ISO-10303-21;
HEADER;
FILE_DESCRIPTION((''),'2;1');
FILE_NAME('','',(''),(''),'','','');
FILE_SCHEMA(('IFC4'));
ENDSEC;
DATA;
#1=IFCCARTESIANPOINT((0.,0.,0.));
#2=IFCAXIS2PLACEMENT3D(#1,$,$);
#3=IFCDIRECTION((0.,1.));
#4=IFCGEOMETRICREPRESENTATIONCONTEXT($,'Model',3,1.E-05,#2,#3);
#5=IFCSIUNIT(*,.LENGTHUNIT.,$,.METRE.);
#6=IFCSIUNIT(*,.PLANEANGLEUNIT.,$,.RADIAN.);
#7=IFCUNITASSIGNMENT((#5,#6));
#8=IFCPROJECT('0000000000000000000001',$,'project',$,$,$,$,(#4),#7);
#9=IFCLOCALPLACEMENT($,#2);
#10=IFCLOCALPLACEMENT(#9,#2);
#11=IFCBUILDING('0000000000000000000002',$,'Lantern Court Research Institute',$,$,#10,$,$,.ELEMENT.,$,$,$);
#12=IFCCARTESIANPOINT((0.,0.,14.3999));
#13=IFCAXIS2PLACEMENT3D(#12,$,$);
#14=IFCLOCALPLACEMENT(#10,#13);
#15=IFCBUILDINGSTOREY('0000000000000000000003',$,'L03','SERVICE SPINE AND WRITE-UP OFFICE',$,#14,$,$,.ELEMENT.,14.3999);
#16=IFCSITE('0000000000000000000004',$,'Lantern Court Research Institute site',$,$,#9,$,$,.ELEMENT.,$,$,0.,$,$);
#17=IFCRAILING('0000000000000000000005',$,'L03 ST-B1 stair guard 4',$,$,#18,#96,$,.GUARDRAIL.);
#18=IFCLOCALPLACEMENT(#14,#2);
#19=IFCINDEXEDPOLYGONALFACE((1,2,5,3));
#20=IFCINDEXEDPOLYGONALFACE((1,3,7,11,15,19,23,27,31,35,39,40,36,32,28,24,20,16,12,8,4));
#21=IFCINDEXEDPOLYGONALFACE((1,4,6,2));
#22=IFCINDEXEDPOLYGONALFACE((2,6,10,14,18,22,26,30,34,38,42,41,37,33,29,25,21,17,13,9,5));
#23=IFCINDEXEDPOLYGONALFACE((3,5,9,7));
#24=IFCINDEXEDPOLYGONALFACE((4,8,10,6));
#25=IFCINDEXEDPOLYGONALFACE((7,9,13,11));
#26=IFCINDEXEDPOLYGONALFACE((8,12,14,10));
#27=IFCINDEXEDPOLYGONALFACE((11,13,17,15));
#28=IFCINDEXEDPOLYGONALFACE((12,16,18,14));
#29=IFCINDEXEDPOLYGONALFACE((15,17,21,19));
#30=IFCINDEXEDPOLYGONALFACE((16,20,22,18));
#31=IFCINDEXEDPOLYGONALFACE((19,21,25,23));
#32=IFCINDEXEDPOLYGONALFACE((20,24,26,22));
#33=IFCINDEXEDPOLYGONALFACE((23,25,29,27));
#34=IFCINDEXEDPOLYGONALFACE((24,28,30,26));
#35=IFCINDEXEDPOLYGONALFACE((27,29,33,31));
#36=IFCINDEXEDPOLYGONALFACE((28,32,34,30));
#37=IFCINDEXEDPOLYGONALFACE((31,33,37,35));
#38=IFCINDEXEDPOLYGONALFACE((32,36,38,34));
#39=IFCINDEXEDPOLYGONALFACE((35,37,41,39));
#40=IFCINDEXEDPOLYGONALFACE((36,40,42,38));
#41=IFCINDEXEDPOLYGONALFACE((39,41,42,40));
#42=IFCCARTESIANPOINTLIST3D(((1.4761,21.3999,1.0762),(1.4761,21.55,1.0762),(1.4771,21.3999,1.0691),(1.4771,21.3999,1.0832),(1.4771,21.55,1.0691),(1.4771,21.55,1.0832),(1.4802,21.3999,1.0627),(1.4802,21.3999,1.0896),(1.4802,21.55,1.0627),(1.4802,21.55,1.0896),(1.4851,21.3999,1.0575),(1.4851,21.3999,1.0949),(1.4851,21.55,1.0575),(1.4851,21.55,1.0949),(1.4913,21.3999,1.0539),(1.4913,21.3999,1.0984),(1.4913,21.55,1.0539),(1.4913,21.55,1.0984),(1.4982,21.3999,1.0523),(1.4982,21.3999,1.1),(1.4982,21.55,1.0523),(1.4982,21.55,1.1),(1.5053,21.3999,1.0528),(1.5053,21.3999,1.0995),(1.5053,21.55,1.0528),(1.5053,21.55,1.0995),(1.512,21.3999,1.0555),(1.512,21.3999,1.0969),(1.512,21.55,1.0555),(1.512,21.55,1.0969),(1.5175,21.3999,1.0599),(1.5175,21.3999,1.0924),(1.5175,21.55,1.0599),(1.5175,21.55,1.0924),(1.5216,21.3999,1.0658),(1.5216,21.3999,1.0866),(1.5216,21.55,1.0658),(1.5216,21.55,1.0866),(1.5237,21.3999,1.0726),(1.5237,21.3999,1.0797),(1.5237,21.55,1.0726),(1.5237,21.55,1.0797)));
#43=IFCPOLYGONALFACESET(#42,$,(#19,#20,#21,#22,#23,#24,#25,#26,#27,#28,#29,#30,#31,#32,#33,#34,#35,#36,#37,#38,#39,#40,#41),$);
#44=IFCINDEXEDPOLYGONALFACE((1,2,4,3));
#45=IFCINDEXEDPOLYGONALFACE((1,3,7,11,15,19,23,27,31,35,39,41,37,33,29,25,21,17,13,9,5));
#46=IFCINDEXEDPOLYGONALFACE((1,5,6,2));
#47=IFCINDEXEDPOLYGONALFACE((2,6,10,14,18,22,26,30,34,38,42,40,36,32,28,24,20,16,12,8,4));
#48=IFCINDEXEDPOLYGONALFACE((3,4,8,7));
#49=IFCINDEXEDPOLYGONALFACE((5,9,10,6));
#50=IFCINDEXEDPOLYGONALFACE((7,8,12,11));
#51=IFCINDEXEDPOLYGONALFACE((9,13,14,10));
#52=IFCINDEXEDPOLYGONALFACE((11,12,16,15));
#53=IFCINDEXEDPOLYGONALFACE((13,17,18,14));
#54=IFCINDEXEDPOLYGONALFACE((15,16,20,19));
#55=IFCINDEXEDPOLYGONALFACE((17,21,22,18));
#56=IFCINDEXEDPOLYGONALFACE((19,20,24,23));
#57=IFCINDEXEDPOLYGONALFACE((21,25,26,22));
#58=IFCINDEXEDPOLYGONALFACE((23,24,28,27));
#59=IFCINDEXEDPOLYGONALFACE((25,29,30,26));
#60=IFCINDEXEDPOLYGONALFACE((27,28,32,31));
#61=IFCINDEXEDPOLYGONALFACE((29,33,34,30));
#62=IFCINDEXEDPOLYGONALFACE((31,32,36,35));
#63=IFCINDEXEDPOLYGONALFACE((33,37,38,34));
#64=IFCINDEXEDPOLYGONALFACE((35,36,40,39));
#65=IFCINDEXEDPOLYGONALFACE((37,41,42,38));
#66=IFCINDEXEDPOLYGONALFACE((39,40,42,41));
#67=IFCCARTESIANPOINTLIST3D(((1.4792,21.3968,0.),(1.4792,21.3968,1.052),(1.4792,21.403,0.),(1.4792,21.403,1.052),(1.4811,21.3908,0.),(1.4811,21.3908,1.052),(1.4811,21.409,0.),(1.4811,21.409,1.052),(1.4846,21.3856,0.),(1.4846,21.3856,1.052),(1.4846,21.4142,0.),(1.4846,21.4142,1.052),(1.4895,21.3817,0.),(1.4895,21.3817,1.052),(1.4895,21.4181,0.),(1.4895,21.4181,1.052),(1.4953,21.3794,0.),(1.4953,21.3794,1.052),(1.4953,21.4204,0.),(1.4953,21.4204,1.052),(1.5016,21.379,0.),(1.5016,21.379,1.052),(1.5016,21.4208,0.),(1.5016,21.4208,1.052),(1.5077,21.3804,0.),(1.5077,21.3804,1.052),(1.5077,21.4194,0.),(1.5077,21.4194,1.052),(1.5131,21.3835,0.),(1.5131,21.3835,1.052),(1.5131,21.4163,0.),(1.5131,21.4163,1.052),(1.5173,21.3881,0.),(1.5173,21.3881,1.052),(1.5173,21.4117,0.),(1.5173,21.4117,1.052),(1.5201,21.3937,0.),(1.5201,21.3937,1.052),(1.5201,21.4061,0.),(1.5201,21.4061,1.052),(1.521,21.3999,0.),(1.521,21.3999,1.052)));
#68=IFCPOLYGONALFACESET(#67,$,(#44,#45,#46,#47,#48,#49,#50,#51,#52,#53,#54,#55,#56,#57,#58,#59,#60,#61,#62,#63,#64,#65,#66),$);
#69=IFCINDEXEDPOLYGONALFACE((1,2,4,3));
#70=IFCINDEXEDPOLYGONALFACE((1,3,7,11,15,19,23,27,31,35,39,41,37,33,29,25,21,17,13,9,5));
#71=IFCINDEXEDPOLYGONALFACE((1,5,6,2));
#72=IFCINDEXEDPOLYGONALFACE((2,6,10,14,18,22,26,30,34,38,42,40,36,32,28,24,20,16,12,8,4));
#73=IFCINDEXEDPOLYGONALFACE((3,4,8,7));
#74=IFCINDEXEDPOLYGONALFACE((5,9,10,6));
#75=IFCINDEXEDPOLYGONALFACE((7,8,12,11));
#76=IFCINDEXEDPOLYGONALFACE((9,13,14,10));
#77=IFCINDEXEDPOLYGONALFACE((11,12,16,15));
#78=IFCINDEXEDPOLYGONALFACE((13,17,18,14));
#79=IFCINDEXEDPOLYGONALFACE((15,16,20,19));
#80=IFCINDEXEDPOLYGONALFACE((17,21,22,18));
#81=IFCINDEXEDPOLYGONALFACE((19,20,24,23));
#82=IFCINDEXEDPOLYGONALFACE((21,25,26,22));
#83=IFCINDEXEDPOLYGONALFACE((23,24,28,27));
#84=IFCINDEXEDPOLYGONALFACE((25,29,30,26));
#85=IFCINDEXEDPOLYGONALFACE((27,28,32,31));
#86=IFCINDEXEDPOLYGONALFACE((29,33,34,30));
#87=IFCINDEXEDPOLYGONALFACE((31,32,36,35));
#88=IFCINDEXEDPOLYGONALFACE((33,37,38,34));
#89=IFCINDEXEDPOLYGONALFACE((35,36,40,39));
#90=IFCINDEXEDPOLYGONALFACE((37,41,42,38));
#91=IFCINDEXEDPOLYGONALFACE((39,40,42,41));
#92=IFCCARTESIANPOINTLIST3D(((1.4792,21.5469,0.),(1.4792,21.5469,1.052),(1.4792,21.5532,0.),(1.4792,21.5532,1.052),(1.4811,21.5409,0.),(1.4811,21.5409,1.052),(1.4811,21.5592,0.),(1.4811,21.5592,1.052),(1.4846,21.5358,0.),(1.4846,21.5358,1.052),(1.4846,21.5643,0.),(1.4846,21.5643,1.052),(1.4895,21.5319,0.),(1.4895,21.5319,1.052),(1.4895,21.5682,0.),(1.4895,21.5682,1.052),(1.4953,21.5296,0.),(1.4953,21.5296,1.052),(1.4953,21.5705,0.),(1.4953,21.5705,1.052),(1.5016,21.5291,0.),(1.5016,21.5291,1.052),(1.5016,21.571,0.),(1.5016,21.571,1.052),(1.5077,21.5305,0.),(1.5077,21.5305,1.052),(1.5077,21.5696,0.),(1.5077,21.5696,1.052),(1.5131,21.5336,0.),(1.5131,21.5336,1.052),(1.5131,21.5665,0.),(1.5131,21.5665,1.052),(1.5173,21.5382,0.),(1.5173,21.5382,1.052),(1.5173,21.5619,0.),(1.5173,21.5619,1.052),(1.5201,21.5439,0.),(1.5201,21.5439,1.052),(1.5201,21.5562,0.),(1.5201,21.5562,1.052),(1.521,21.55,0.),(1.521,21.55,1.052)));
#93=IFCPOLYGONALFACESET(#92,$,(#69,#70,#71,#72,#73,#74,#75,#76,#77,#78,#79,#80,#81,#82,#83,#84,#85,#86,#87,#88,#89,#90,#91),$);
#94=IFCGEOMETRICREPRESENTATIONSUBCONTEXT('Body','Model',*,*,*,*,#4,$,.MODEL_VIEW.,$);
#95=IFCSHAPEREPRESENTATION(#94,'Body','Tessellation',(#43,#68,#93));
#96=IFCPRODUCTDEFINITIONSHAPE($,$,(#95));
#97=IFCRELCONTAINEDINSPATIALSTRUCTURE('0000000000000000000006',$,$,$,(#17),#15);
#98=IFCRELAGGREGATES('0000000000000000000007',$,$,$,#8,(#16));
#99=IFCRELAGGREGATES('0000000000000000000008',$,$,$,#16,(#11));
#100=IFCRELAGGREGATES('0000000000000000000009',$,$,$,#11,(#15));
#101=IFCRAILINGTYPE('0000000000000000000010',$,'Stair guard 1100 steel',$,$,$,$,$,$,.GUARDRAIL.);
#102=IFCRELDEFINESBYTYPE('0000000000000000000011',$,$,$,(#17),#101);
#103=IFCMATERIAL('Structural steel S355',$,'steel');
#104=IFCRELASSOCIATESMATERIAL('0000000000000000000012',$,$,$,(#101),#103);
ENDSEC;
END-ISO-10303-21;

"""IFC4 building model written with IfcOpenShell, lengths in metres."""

from ifc_helpers import new_model, si_unit, direction, frame, origin, origin_2d, place, context, subcontext, project, spatial, circle, extrude, material, type_object, element, save


model = new_model("IFC4")

# Units and contexts
model_context = context("Model", 3, precision=1e-05, world=origin(), true_north=direction((0.0, 1.0)))
body_context = subcontext(model_context, "Body", "Model", "MODEL_VIEW")
ifc_project = project(units=[si_unit("LENGTHUNIT", "METRE"), si_unit("PLANEANGLEUNIT", "RADIAN")], contexts=[model_context])

# Site, building, storey
site_placement = place(None, origin())
site = spatial("IfcSite", under=ifc_project, at=site_placement, Name="Lantern Court Research Institute site", CompositionType="ELEMENT", RefElevation=0.0)
building_placement = place(site_placement, origin())
building = spatial("IfcBuilding", under=site, at=building_placement, Name="Lantern Court Research Institute", CompositionType="ELEMENT")
storey_placement = place(building_placement, frame((0.0, 0.0, 14.3999)))
storey = spatial("IfcBuildingStorey", under=building, at=storey_placement, Name="L03", Description="SERVICE SPINE AND WRITE-UP OFFICE", CompositionType="ELEMENT", Elevation=14.3999)

# Railing
ifc_material_1 = material(Name="Structural steel S355", Category="steel")
railing_type_1 = type_object("IfcRailingType", Name="Stair guard 1100 steel", PredefinedType="GUARDRAIL", material=ifc_material_1)
railing_1_placement = place(storey_placement, frame((1.5, 21.3999, 0.0)))
element("IfcRailing", 1, at=railing_1_placement, inside=storey, type_object=railing_type_1, Name="L03 ST-B1 stair guard 4", PredefinedType="GUARDRAIL", context=body_context, shape_type="SweptSolid", body=[
    extrude(circle(Radius=0.0239, at=origin_2d()), frame((0.0, 0.0, 1.0762), z_axis=(0.0, 1.0, 0.0), x_axis=(-1.0, 0.0, 0.0)), (0.0, 0.0, 1.0), 0.1501),
    extrude(circle(Radius=0.021, at=origin_2d()), origin(), (0.0, 0.0, 1.0), 1.052),
    extrude(circle(Radius=0.021, at=origin_2d()), frame((0.0, 0.1501, 0.0)), (0.0, 0.0, 1.0), 1.052),
])

save(model, "model.ifc")
